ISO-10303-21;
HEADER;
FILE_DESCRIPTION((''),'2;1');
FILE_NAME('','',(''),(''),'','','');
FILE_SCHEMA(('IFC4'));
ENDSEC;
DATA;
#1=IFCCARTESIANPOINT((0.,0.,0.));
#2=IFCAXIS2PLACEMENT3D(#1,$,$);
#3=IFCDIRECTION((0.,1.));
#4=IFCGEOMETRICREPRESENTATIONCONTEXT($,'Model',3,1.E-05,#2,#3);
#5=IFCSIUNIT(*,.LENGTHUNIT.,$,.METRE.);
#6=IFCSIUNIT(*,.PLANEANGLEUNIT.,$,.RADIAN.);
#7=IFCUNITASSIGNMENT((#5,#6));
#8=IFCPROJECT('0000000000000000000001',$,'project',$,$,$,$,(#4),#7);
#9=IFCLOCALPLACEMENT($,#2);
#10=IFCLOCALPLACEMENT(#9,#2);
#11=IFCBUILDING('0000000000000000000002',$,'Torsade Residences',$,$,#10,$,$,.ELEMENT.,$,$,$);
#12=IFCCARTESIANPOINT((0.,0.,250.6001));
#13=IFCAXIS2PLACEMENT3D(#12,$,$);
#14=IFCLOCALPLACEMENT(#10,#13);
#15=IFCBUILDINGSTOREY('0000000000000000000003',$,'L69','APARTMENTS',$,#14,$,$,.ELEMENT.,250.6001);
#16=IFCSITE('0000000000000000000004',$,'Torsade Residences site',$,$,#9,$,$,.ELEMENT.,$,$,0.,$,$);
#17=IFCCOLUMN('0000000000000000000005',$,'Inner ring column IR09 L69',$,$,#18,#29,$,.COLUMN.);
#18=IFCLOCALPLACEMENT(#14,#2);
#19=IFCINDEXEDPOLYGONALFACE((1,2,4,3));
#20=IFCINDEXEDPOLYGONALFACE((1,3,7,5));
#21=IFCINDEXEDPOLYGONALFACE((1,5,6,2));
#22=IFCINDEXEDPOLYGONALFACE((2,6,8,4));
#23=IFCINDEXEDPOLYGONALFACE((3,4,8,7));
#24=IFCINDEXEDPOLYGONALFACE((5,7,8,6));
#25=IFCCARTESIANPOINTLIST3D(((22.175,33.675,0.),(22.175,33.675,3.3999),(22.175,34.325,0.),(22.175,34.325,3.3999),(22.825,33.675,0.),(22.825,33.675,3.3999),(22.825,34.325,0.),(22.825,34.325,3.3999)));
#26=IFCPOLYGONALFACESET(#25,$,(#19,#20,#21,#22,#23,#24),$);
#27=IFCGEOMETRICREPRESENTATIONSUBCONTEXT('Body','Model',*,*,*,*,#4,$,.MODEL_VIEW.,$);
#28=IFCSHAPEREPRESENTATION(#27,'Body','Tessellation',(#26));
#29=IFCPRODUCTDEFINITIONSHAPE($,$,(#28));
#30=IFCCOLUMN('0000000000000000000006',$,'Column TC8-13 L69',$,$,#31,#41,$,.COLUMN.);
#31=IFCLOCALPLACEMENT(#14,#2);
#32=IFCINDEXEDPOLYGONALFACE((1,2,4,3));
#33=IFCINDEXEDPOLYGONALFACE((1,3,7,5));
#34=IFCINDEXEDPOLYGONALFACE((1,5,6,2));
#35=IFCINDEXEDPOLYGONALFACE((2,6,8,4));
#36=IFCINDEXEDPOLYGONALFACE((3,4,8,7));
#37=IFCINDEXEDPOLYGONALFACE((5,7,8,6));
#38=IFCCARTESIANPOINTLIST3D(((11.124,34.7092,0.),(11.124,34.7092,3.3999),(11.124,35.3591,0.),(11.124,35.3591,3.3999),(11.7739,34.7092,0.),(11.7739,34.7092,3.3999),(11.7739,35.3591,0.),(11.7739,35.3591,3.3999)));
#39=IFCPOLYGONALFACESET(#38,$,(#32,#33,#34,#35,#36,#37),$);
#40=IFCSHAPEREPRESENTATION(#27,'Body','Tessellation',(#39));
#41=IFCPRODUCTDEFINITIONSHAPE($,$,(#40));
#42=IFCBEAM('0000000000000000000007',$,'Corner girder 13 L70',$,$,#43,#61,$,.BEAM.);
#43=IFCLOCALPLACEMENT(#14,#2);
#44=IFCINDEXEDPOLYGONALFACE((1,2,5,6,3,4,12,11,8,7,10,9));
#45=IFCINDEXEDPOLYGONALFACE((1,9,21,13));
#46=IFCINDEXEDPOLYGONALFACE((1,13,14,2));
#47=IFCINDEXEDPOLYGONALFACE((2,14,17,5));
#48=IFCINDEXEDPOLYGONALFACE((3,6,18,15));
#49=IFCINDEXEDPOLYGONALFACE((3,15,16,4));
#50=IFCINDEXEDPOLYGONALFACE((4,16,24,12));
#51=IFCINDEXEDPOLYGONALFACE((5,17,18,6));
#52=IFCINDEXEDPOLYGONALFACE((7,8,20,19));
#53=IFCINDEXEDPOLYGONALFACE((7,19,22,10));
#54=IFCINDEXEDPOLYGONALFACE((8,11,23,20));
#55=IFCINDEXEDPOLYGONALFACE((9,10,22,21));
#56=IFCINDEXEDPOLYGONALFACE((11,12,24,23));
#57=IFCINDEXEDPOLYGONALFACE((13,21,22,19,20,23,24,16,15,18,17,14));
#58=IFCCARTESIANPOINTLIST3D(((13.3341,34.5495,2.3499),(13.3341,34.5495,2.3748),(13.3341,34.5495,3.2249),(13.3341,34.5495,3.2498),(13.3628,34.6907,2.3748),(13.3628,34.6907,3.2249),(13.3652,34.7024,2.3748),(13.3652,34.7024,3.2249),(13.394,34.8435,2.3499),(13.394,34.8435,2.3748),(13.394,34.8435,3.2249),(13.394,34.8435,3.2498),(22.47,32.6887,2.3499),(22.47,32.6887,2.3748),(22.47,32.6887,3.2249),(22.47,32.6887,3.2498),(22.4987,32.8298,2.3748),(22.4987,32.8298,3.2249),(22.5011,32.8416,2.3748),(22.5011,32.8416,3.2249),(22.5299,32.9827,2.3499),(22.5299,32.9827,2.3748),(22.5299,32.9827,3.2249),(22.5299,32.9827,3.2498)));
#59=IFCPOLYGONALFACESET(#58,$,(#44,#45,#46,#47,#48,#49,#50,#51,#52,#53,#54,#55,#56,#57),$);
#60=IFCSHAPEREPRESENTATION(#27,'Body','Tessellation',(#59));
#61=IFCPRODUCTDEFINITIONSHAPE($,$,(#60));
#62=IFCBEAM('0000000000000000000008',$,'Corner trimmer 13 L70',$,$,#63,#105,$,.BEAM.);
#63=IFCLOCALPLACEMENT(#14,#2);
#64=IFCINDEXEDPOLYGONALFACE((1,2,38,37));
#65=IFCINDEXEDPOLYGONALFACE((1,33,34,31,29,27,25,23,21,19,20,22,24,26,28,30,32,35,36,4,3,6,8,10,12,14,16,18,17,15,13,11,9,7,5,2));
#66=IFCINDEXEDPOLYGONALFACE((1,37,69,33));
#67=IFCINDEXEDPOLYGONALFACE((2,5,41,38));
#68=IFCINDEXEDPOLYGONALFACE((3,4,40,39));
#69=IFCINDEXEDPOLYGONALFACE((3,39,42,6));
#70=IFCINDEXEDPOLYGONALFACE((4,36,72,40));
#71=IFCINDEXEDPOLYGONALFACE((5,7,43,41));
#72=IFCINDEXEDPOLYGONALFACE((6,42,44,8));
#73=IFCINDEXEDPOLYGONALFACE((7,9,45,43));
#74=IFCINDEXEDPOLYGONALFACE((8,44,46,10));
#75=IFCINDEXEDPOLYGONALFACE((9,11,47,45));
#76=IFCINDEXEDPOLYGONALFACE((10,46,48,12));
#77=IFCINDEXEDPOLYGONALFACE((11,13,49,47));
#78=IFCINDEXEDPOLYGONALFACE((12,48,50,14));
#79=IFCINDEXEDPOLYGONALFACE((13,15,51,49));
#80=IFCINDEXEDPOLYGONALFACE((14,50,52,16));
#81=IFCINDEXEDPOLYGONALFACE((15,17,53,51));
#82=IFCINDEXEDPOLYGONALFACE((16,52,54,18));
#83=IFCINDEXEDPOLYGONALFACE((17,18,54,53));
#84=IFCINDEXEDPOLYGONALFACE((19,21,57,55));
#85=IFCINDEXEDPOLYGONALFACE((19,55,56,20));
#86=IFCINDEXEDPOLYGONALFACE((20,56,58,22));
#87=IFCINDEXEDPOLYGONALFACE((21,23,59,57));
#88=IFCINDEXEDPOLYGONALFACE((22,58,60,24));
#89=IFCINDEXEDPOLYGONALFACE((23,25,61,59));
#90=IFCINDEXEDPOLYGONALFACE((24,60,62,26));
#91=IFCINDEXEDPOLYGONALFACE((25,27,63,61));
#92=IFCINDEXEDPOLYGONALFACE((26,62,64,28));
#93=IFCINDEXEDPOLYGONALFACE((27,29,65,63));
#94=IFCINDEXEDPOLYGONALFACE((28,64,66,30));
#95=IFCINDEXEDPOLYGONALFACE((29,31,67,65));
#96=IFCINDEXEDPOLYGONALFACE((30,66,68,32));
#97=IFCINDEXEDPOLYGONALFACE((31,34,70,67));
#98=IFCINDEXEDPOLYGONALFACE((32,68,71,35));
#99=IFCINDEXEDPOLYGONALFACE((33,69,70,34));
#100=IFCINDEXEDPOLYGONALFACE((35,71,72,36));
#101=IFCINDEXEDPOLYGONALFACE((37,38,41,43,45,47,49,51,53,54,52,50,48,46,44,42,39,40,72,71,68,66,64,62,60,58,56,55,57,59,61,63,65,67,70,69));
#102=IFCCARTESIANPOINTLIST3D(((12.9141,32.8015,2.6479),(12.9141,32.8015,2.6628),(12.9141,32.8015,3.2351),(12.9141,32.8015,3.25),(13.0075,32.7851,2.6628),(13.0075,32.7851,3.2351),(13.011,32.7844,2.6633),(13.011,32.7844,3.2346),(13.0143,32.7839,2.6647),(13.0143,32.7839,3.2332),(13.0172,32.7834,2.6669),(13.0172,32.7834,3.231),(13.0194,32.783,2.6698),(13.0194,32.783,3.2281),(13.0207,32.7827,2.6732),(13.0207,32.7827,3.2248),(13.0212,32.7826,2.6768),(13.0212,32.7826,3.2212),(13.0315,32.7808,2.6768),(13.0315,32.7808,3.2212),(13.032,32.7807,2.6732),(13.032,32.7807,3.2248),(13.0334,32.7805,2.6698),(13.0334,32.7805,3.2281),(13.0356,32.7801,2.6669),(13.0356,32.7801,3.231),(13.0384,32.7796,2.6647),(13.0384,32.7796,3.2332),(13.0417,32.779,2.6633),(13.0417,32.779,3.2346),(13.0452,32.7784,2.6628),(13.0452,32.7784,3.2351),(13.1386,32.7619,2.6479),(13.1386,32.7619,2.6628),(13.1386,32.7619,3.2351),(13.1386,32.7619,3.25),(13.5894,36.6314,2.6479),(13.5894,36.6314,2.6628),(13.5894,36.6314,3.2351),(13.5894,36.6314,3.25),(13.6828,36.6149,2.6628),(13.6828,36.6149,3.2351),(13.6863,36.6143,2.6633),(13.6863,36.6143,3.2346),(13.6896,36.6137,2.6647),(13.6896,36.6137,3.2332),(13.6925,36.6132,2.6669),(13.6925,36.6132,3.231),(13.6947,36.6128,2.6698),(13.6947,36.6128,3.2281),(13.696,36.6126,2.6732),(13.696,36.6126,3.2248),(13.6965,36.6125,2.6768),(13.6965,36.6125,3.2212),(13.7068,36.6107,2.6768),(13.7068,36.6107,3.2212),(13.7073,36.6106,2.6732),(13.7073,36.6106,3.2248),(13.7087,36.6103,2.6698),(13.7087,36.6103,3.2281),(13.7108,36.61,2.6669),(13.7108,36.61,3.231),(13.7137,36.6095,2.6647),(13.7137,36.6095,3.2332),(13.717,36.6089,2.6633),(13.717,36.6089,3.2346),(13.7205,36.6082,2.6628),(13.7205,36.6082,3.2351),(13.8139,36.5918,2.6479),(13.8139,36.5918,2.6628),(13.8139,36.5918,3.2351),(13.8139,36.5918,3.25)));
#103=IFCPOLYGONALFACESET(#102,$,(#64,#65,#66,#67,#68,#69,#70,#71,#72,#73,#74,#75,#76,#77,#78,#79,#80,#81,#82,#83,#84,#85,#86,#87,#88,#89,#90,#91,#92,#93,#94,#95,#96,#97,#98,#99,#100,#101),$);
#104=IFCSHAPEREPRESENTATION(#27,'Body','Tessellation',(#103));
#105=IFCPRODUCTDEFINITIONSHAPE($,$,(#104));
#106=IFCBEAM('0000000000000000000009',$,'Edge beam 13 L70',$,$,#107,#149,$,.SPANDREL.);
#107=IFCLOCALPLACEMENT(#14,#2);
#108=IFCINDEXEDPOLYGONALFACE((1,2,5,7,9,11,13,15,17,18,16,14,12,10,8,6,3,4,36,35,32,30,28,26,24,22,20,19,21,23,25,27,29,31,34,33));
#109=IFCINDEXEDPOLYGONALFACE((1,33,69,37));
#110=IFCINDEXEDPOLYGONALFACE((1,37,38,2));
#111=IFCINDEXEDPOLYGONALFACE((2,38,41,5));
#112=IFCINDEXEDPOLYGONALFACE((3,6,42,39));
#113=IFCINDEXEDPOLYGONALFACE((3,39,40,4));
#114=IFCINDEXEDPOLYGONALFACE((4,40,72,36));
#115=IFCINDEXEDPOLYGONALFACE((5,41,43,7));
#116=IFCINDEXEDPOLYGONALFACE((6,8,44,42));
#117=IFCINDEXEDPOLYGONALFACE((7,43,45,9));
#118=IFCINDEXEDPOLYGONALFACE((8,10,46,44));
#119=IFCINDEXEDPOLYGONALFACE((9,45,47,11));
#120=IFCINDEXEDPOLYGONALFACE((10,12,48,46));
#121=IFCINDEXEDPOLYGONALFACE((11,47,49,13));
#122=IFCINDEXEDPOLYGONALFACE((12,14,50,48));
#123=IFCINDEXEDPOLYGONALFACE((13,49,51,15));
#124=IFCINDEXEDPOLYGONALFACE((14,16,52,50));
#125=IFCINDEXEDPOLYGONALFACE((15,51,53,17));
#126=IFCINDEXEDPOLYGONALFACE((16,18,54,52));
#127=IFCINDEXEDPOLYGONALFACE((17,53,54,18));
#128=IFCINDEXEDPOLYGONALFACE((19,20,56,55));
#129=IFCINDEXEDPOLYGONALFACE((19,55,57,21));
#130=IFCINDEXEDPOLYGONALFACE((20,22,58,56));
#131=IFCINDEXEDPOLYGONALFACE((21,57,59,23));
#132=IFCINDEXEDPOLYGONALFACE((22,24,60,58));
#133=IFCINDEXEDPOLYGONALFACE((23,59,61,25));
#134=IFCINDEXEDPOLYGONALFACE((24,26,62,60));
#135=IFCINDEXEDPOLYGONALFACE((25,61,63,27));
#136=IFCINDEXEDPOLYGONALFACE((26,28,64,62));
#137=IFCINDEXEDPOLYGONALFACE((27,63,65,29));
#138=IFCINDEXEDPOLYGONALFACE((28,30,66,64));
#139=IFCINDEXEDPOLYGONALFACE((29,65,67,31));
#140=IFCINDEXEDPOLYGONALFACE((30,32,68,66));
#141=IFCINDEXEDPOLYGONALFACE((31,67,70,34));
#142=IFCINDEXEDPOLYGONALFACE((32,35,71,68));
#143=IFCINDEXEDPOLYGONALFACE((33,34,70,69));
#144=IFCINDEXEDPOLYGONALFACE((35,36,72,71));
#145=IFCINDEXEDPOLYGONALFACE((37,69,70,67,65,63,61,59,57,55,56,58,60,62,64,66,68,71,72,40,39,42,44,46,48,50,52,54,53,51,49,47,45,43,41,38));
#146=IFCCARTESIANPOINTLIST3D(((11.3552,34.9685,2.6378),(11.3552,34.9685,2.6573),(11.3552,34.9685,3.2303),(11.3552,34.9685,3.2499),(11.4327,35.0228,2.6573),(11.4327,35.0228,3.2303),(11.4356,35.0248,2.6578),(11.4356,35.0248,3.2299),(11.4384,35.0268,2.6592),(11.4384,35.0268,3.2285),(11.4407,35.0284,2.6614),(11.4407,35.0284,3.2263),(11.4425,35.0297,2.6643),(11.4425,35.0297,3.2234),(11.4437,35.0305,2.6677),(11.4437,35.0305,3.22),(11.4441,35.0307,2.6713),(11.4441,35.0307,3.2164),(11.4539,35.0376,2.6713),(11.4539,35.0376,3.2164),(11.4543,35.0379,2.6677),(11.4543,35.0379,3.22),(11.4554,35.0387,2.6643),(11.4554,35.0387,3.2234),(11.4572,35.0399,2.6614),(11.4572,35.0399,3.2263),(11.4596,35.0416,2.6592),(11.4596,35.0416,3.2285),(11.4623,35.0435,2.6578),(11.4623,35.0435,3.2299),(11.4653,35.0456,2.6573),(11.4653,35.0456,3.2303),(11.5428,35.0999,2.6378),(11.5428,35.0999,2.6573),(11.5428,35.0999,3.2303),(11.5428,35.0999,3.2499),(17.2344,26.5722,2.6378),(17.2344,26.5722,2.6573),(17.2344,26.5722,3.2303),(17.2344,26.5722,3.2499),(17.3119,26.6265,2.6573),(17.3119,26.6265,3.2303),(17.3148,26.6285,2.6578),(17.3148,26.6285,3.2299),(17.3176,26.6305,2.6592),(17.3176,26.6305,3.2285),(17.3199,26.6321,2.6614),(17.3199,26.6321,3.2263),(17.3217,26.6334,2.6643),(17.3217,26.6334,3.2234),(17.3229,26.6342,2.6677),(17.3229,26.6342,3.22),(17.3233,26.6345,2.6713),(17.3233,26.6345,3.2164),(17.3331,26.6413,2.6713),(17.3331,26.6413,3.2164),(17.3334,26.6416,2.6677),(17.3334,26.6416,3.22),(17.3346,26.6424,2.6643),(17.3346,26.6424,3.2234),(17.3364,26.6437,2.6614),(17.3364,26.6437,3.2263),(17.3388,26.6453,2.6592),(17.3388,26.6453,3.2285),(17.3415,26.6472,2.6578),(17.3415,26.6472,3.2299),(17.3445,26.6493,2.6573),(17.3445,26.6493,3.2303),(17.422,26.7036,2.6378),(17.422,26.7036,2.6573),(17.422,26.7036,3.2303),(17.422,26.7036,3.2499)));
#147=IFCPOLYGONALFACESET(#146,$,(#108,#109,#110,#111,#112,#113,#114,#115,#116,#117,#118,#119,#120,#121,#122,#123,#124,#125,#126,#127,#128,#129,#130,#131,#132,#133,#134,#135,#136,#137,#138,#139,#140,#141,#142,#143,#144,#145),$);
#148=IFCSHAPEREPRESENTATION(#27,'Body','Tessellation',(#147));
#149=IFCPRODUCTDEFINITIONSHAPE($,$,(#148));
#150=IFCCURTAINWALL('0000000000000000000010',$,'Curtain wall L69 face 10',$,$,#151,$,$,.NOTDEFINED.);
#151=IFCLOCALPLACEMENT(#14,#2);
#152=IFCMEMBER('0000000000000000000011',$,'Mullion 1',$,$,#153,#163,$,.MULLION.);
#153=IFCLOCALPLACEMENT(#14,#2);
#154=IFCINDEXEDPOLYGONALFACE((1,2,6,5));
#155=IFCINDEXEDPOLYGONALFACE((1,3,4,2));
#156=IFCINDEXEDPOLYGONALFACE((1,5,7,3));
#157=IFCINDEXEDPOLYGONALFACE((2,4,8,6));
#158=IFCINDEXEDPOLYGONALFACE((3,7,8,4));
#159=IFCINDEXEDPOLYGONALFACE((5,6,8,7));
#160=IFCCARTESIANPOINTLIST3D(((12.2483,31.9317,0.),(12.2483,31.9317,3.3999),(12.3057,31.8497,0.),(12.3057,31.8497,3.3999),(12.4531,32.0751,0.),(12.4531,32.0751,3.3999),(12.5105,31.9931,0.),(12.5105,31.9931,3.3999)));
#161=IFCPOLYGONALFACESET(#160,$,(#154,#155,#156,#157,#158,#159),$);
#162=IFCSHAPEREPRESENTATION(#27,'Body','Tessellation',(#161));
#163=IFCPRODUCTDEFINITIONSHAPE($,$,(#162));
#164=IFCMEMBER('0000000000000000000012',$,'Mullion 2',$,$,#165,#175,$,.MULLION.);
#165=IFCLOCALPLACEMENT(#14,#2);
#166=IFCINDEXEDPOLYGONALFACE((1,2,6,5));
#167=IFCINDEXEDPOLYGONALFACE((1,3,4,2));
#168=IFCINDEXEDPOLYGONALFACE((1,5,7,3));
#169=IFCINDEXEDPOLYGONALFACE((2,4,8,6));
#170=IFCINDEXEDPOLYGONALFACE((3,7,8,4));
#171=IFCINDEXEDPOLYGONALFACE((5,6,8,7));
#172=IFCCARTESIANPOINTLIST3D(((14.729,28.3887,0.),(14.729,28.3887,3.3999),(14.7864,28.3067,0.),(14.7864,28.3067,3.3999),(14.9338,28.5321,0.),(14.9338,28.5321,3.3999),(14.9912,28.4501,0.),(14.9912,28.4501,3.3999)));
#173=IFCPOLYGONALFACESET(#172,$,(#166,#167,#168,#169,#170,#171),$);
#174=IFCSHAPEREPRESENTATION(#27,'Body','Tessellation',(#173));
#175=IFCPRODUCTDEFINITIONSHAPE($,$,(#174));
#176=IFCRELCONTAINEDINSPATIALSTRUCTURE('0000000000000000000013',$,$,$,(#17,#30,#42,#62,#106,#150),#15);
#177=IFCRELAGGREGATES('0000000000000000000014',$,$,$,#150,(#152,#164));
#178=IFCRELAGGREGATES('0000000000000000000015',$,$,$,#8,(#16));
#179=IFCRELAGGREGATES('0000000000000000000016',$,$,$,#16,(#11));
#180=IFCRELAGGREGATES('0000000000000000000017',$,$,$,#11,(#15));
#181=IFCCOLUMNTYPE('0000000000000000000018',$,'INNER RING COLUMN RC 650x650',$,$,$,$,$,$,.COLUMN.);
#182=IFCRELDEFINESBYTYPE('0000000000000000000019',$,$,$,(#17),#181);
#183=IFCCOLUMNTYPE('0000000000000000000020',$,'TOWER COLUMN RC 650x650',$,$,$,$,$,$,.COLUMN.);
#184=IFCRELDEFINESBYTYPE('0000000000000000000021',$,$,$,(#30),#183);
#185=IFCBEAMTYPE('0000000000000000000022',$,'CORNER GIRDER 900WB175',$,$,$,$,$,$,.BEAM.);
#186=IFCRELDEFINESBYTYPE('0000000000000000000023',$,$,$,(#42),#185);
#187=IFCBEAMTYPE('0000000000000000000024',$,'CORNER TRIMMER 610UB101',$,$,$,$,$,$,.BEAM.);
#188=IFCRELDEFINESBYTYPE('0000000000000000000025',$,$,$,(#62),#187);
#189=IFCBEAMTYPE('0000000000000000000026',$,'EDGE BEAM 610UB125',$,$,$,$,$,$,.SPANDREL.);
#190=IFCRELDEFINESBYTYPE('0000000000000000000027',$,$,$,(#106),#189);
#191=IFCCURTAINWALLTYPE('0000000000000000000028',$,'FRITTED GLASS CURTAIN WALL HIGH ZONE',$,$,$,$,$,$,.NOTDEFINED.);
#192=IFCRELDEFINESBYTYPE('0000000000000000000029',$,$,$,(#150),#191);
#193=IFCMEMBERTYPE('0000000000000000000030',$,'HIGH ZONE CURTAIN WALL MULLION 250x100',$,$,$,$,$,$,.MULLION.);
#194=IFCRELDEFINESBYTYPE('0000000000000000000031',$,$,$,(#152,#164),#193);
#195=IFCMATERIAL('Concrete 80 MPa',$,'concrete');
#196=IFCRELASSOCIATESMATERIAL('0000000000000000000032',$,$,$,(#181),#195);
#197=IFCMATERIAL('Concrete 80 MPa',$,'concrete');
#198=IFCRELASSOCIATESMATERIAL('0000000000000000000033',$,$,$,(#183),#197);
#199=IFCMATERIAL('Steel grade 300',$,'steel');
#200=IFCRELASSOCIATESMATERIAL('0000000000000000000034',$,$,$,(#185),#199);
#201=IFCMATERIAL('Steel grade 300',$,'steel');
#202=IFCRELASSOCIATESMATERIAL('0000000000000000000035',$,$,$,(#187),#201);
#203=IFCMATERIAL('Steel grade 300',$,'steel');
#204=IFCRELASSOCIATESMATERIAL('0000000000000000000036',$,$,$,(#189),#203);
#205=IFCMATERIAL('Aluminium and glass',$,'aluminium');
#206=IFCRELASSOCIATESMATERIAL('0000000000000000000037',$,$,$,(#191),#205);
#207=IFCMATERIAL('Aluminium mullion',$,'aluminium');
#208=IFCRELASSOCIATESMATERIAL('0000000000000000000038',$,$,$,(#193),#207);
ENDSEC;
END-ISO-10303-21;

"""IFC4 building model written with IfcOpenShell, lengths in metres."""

from ifc_helpers import new_model, si_unit, direction, frame, origin, origin_2d, place, context, subcontext, project, spatial, rectangle, i_section, extrude, material, material_profile, profile_set, type_object, element, aggregate, save


model = new_model("IFC4")

# Units and contexts
model_context = context("Model", 3, precision=1e-05, world=origin(), true_north=direction((0.0, 1.0)))
body_context = subcontext(model_context, "Body", "Model", "MODEL_VIEW")
ifc_project = project(units=[si_unit("LENGTHUNIT", "METRE"), si_unit("PLANEANGLEUNIT", "RADIAN")], contexts=[model_context])

# Site, building, storey
site_placement = place(None, origin())
site = spatial("IfcSite", under=ifc_project, at=site_placement, Name="Torsade Residences site", CompositionType="ELEMENT", RefElevation=0.0)
building_placement = place(site_placement, origin())
building = spatial("IfcBuilding", under=site, at=building_placement, Name="Torsade Residences", CompositionType="ELEMENT")
storey_placement = place(building_placement, frame((0.0, 0.0, 250.6001)))
storey = spatial("IfcBuildingStorey", under=building, at=storey_placement, Name="L69", Description="APARTMENTS", CompositionType="ELEMENT", Elevation=250.6001)

# Columns
ifc_material_1 = material(Name="Concrete 80 MPa", Category="concrete")
ifc_material_profile_1 = material_profile(ifc_material_1, rectangle(XDim=0.6499, YDim=0.6499, at=origin_2d()), Name="RC 650x650")
ifc_profile_set_1 = profile_set([ifc_material_profile_1], Name="Concrete 80 MPa")
column_type_1 = type_object("IfcColumnType", Name="INNER RING COLUMN RC 650x650", PredefinedType="COLUMN", material=ifc_profile_set_1)
column_1_placement = place(storey_placement, frame((22.5, 34.0, 0.0), z_axis=(0.0, 0.0, 1.0), x_axis=(1.0, 0.0, 0.0)))
element("IfcColumn", 1, at=column_1_placement, inside=storey, type_object=column_type_1, Name="Inner ring column IR09 L69", PredefinedType="COLUMN", context=body_context, shape_type="SweptSolid", body=[
    extrude(rectangle(XDim=0.6499, YDim=0.6499, at=origin_2d()), origin(), (0.0, 0.0, 1.0), 3.3999),
])
ifc_material_2 = material(Name="Concrete 80 MPa", Category="concrete")
ifc_material_profile_2 = material_profile(ifc_material_2, rectangle(XDim=0.6499, YDim=0.6499, at=origin_2d()), Name="RC 650x650")
ifc_profile_set_2 = profile_set([ifc_material_profile_2], Name="Concrete 80 MPa")
column_type_2 = type_object("IfcColumnType", Name="TOWER COLUMN RC 650x650", PredefinedType="COLUMN", material=ifc_profile_set_2)
column_2_placement = place(storey_placement, frame((11.449, 35.0342, 0.0), z_axis=(0.0, 0.0, 1.0), x_axis=(1.0, 0.0, 0.0)))
element("IfcColumn", 2, at=column_2_placement, inside=storey, type_object=column_type_2, Name="Column TC8-13 L69", PredefinedType="COLUMN", context=body_context, shape_type="SweptSolid", body=[
    extrude(rectangle(XDim=0.6499, YDim=0.6499, at=origin_2d()), origin(), (0.0, 0.0, 1.0), 3.3999),
])

# Beams
ifc_material_3 = material(Name="Steel grade 300", Category="steel")
ifc_material_profile_3 = material_profile(ifc_material_3, i_section(OverallWidth=0.3, OverallDepth=0.8999, WebThickness=0.012, FlangeThickness=0.0249, at=origin_2d()), Name="900WB175")
ifc_profile_set_3 = profile_set([ifc_material_profile_3], Name="Steel grade 300")
beam_type_1 = type_object("IfcBeamType", Name="CORNER GIRDER 900WB175", PredefinedType="BEAM", material=ifc_profile_set_3)
beam_1_placement = place(storey_placement, frame((13.364, 34.6965, 2.7998), z_axis=(0.979881, -0.199584, 0.0), x_axis=(0.199584, 0.979881, 0.0)))
element("IfcBeam", 3, at=beam_1_placement, inside=storey, type_object=beam_type_1, Name="Corner girder 13 L70", PredefinedType="BEAM", context=body_context, shape_type="SweptSolid", body=[
    extrude(i_section(OverallWidth=0.3, OverallDepth=0.8999, WebThickness=0.012, FlangeThickness=0.0249, at=origin_2d()), origin(), (0.0, 0.0, 1.0), 9.3235),
])
ifc_material_4 = material(Name="Steel grade 300", Category="steel")
ifc_material_profile_4 = material_profile(ifc_material_4, i_section(OverallWidth=0.228, OverallDepth=0.6021, WebThickness=0.0105, FlangeThickness=0.0149, FilletRadius=0.0139, at=origin_2d()), Name="610UB101")
ifc_profile_set_4 = profile_set([ifc_material_profile_4], Name="Steel grade 300")
beam_type_2 = type_object("IfcBeamType", Name="CORNER TRIMMER 610UB101", PredefinedType="BEAM", material=ifc_profile_set_4)
beam_2_placement = place(storey_placement, frame((13.0264, 32.7817, 2.949), z_axis=(0.173646, 0.984808, 0.0), x_axis=(-0.984808, 0.173646, 0.0)))
element("IfcBeam", 4, at=beam_2_placement, inside=storey, type_object=beam_type_2, Name="Corner trimmer 13 L70", PredefinedType="BEAM", context=body_context, shape_type="SweptSolid", body=[
    extrude(i_section(OverallWidth=0.228, OverallDepth=0.6021, WebThickness=0.0105, FlangeThickness=0.0149, FilletRadius=0.0139, at=origin_2d()), origin(), (0.0, 0.0, 1.0), 3.8889),
])
ifc_material_5 = material(Name="Steel grade 300", Category="steel")
ifc_material_profile_5 = material_profile(ifc_material_5, i_section(OverallWidth=0.229, OverallDepth=0.6121, WebThickness=0.012, FlangeThickness=0.0195, FilletRadius=0.0139, at=origin_2d()), Name="610UB125")
ifc_profile_set_5 = profile_set([ifc_material_profile_5], Name="Steel grade 300")
beam_type_3 = type_object("IfcBeamType", Name="EDGE BEAM 610UB125", PredefinedType="SPANDREL", material=ifc_profile_set_5)
beam_3_placement = place(storey_placement, frame((11.449, 35.0342, 2.9438), z_axis=(0.573579, -0.81915, 0.0), x_axis=(0.81915, 0.573579, 0.0)))
element("IfcBeam", 5, at=beam_3_placement, inside=storey, type_object=beam_type_3, Name="Edge beam 13 L70", PredefinedType="SPANDREL", context=body_context, shape_type="SweptSolid", body=[
    extrude(i_section(OverallWidth=0.229, OverallDepth=0.6121, WebThickness=0.012, FlangeThickness=0.0195, FilletRadius=0.0139, at=origin_2d()), origin(), (0.0, 0.0, 1.0), 10.25),
])

# Curtain wall, members
ifc_material_6 = material(Name="Aluminium and glass", Category="aluminium")
curtain_wall_type = type_object("IfcCurtainWallType", Name="FRITTED GLASS CURTAIN WALL HIGH ZONE", PredefinedType="NOTDEFINED", material=ifc_material_6)
curtain_wall_placement = place(storey_placement, origin())
curtain_wall = element("IfcCurtainWall", 6, at=curtain_wall_placement, inside=storey, type_object=curtain_wall_type, Name="Curtain wall L69 face 10", PredefinedType="NOTDEFINED")
ifc_material_7 = material(Name="Aluminium mullion", Category="aluminium")
ifc_material_profile_6 = material_profile(ifc_material_7, rectangle(XDim=0.25, YDim=0.1001, at=origin_2d()), Name="HIGH ZONE CURTAIN WALL MULLION 250x100")
ifc_profile_set_6 = profile_set([ifc_material_profile_6], Name="Aluminium mullion")
member_type_1 = type_object("IfcMemberType", Name="HIGH ZONE CURTAIN WALL MULLION 250x100", PredefinedType="MULLION", material=ifc_profile_set_6)
member_1_placement = place(storey_placement, frame((12.3794, 31.9624, 0.0), z_axis=(0.0, 0.0, 1.0), x_axis=(0.819152, 0.573576, 0.0)))
member_1 = element("IfcMember", 7, at=member_1_placement, type_object=member_type_1, Name="Mullion 1", PredefinedType="MULLION", context=body_context, shape_type="SweptSolid", body=[
    extrude(rectangle(XDim=0.25, YDim=0.1001, at=origin_2d()), origin(), (0.0, 0.0, 1.0), 3.3999),
])
member_2_placement = place(storey_placement, frame((14.8601, 28.4194, 0.0), z_axis=(0.0, 0.0, 1.0), x_axis=(0.819152, 0.573576, 0.0)))
member_2 = element("IfcMember", 8, at=member_2_placement, type_object=member_type_1, Name="Mullion 2", PredefinedType="MULLION", context=body_context, shape_type="SweptSolid", body=[
    extrude(rectangle(XDim=0.25, YDim=0.1001, at=origin_2d()), origin(), (0.0, 0.0, 1.0), 3.3999),
])

aggregate(curtain_wall, [member_1, member_2])

save(model, "model.ifc")
